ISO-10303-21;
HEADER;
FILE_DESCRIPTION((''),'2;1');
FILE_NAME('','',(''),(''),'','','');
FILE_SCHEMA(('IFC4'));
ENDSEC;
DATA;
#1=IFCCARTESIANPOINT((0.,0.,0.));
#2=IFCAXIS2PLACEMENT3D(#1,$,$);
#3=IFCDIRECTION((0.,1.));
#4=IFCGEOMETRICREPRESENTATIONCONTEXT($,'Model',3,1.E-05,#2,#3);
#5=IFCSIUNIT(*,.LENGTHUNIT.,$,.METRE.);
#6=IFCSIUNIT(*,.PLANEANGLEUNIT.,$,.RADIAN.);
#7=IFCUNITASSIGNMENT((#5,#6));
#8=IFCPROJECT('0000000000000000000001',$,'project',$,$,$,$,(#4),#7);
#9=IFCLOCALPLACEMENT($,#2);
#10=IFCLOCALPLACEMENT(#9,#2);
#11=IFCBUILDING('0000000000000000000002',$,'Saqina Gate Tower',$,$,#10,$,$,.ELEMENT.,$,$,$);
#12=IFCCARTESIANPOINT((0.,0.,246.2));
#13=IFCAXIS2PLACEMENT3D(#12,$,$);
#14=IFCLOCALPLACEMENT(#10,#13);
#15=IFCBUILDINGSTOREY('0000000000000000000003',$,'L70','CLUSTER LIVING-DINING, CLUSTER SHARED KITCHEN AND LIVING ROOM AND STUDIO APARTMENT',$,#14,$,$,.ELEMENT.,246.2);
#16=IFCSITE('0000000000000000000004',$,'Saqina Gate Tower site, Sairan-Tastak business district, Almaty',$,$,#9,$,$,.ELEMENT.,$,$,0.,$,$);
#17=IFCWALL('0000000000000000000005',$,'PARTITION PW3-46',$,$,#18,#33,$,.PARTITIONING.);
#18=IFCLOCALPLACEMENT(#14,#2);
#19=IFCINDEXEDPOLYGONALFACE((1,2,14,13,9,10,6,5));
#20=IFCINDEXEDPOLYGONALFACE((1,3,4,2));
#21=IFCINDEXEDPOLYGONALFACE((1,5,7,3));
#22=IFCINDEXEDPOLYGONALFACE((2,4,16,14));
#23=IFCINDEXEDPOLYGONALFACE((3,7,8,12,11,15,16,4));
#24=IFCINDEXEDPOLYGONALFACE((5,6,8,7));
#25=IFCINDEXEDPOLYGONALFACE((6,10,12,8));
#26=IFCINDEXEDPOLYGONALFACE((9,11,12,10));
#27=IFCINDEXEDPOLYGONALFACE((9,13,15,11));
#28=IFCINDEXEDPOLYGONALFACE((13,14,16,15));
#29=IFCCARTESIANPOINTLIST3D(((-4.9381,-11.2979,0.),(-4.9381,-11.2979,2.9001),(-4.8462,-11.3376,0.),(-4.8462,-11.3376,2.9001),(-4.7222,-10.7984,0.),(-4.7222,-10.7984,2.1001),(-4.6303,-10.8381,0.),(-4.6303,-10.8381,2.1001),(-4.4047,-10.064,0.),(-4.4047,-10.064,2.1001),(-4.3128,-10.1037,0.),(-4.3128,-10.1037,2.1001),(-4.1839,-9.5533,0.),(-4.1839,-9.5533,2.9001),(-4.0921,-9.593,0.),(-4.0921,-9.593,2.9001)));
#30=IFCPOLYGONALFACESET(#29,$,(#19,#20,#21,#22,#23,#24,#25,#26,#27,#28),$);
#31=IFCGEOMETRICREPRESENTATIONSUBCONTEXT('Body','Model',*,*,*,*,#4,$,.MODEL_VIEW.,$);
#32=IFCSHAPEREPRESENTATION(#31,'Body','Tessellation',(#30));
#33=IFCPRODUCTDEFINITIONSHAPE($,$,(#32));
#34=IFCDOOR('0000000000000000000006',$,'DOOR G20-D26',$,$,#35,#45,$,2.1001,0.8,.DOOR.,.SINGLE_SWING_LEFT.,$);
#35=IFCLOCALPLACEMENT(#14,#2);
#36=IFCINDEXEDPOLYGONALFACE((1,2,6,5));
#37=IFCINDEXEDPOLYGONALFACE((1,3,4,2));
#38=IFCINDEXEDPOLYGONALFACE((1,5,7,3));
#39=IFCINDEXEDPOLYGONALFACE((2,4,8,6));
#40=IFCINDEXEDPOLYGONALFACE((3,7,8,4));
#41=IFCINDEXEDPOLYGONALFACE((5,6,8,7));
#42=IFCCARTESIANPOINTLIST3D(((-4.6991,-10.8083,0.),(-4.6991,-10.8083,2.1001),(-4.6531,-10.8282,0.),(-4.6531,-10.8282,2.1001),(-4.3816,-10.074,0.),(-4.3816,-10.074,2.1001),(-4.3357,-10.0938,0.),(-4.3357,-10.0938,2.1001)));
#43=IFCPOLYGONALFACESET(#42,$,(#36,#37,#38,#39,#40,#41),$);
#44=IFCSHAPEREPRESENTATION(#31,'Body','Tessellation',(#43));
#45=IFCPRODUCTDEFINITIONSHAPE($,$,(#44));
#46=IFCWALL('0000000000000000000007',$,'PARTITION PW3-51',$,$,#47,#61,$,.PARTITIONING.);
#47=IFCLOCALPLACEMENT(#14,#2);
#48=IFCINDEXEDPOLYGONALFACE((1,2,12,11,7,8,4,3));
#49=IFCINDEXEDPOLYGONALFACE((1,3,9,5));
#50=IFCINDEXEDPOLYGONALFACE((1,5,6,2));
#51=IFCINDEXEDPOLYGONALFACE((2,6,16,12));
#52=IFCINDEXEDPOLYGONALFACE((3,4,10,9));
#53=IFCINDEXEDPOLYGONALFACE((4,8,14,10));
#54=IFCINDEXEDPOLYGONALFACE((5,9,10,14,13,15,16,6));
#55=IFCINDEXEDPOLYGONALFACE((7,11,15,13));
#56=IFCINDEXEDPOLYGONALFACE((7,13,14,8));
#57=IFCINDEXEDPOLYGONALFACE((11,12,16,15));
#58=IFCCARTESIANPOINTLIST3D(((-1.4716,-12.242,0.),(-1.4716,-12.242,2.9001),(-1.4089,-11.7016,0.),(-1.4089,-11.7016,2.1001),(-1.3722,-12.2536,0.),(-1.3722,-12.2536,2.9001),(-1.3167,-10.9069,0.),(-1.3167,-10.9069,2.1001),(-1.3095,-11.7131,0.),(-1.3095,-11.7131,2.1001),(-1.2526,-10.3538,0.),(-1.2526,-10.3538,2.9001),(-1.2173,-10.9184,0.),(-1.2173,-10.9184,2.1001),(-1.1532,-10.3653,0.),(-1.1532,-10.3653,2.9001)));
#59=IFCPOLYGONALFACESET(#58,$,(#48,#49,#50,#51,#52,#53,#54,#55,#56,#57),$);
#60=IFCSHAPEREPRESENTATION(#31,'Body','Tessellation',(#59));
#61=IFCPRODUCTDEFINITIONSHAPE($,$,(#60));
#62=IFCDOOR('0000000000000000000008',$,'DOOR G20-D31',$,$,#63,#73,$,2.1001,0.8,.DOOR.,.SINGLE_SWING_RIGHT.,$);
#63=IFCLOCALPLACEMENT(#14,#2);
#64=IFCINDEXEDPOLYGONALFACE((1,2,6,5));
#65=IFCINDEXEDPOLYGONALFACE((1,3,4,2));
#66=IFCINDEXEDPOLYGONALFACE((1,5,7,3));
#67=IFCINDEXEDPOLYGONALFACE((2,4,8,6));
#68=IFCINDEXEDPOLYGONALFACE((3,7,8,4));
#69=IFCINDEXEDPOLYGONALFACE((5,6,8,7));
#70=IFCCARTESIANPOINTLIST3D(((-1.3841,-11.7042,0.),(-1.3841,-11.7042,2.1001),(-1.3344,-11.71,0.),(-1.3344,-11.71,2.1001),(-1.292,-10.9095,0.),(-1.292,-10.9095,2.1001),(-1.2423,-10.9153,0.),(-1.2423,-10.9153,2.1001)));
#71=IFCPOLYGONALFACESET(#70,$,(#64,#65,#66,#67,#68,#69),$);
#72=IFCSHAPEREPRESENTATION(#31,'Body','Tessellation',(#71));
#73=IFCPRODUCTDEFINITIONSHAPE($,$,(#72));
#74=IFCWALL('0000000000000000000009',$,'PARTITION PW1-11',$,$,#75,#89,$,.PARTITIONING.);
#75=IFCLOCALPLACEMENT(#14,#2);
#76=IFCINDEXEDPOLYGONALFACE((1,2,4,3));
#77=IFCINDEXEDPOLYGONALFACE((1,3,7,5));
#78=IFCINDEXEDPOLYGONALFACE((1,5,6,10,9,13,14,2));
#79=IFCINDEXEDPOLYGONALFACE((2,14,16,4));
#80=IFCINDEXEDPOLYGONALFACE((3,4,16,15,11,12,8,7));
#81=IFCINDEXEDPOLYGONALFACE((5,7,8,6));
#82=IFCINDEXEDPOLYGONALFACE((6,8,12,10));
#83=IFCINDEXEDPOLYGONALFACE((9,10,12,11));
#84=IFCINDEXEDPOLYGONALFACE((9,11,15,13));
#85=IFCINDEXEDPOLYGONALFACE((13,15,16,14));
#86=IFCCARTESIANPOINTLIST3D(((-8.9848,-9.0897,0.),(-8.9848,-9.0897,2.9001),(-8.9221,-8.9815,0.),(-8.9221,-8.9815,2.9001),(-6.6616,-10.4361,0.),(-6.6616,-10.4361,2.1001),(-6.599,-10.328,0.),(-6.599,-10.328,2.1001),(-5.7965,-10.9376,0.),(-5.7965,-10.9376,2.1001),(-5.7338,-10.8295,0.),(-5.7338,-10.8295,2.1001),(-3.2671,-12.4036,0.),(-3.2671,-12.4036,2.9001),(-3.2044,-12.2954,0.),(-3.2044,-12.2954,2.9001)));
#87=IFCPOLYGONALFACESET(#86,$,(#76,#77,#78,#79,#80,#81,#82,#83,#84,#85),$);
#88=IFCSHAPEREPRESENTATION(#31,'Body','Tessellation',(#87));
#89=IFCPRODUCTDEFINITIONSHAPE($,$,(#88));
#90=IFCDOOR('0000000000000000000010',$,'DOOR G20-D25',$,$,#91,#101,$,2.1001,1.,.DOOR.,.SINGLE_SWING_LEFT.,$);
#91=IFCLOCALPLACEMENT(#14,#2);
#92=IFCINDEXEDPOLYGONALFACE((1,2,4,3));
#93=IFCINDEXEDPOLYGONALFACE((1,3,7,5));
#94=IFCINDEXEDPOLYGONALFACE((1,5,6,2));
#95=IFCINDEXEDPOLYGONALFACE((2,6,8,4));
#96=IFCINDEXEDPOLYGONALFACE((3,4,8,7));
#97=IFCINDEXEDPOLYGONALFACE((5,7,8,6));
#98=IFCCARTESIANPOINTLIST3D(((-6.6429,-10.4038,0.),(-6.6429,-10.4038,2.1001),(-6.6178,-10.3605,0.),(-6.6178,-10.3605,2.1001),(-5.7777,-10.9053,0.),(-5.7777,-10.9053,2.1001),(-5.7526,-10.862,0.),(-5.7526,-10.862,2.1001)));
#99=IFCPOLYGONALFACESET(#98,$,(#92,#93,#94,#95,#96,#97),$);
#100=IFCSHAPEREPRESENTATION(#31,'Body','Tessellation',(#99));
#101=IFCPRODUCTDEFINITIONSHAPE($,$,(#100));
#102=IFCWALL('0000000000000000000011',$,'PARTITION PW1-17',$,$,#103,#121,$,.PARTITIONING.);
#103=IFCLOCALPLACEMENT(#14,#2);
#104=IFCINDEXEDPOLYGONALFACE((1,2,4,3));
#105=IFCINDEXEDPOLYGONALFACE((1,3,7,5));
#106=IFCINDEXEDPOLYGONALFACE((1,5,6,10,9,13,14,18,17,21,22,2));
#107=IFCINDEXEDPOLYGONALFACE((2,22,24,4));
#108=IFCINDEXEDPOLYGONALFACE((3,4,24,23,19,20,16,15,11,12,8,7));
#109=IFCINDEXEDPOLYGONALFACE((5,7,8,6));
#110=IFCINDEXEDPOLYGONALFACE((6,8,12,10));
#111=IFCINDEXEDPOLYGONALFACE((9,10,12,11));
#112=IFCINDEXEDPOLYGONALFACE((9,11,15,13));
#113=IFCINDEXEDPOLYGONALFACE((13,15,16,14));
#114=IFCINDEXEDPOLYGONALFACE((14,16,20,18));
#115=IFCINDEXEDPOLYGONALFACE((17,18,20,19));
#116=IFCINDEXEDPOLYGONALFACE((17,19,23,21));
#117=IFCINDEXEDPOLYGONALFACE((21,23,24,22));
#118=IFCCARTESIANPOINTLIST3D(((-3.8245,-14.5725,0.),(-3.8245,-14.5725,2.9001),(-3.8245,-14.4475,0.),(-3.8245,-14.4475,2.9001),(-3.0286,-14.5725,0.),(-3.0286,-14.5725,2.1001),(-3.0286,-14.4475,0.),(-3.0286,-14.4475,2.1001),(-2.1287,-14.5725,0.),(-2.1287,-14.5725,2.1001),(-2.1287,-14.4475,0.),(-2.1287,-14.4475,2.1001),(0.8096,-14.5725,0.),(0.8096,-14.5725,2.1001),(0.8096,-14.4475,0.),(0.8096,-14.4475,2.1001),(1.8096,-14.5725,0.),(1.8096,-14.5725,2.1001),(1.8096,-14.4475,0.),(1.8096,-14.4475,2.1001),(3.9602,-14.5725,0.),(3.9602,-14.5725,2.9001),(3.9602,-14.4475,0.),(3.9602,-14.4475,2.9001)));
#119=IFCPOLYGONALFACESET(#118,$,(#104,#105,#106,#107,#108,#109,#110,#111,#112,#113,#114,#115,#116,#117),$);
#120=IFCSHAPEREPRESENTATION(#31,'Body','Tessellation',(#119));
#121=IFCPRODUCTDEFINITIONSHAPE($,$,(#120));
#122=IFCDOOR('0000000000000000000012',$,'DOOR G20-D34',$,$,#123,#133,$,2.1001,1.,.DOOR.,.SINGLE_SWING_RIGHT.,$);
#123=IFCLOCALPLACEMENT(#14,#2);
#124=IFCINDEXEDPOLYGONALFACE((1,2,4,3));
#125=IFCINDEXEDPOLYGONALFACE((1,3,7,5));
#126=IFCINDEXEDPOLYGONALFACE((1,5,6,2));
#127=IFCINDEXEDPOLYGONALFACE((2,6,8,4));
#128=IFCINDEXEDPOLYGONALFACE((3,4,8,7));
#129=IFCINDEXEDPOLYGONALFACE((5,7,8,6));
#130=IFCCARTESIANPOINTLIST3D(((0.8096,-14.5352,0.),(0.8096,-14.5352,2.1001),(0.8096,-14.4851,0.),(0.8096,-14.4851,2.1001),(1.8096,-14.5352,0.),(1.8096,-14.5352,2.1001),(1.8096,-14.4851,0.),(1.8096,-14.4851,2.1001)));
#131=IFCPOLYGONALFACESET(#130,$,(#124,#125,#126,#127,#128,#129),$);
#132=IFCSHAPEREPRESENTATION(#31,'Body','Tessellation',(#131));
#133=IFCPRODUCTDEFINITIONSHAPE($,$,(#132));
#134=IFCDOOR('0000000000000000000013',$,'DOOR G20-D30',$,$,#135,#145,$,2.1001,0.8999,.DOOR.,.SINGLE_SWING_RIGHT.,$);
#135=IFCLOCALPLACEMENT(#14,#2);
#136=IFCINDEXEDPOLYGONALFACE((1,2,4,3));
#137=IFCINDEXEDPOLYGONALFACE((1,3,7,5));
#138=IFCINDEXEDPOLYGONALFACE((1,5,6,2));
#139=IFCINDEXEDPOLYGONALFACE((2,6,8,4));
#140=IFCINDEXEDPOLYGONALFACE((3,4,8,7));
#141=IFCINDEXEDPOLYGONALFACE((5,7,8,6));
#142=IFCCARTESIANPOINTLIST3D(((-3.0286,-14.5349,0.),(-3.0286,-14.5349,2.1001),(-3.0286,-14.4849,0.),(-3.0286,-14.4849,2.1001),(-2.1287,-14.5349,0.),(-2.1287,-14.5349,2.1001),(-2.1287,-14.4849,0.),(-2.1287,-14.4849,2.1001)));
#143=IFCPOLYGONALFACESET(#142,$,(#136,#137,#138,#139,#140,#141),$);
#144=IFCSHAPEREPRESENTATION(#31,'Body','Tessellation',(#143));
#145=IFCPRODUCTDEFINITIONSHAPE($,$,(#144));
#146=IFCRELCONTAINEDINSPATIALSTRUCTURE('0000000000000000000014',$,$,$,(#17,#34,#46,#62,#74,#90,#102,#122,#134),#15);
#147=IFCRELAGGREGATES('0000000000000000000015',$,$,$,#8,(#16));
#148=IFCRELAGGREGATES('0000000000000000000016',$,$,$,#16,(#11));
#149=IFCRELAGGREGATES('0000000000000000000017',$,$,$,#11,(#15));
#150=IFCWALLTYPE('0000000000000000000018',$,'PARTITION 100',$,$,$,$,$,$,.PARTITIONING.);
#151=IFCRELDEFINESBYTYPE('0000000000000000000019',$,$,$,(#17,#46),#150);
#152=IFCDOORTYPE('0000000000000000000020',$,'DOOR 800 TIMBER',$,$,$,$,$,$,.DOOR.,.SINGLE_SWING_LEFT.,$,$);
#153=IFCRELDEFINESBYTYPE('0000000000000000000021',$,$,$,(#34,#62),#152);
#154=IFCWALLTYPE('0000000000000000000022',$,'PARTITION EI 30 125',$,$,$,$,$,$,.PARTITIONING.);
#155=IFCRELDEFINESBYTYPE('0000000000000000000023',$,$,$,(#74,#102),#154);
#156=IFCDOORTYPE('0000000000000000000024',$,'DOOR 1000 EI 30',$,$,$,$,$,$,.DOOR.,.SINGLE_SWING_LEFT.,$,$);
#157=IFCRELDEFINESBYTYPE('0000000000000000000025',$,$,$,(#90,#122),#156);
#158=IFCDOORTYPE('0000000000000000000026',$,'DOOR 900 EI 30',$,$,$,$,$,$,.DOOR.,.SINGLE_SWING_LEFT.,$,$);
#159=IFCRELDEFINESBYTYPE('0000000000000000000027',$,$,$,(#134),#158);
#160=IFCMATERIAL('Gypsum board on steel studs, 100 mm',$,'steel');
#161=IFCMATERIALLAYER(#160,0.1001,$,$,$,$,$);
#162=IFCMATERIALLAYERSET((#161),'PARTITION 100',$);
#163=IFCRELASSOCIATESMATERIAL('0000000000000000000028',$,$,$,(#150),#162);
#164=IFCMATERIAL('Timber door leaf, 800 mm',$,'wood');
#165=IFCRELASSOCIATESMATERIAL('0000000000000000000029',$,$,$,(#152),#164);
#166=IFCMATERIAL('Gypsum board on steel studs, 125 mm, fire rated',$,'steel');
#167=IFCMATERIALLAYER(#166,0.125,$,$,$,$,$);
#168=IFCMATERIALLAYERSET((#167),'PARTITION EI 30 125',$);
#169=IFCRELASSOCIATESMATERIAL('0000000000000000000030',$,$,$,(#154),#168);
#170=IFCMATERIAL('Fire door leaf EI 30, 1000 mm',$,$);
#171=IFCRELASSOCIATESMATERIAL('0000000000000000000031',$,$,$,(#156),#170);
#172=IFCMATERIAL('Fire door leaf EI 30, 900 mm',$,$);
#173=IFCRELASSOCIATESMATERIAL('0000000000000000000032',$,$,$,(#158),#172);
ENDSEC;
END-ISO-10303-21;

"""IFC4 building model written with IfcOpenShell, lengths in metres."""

from ifc_helpers import new_model, si_unit, direction, frame, frame_2d, origin, place, context, subcontext, project, spatial, rectangle, extrude, material, layer, layer_set, type_object, element, fill, save


model = new_model("IFC4")

# Units and contexts
model_context = context("Model", 3, precision=1e-05, world=origin(), true_north=direction((0.0, 1.0)))
body_context = subcontext(model_context, "Body", "Model", "MODEL_VIEW")
ifc_project = project(units=[si_unit("LENGTHUNIT", "METRE"), si_unit("PLANEANGLEUNIT", "RADIAN")], contexts=[model_context])

# Site, building, storey
site_placement = place(None, origin())
site = spatial("IfcSite", under=ifc_project, at=site_placement, Name="Saqina Gate Tower site, Sairan-Tastak business district, Almaty", CompositionType="ELEMENT", RefElevation=0.0)
building_placement = place(site_placement, origin())
building = spatial("IfcBuilding", under=site, at=building_placement, Name="Saqina Gate Tower", CompositionType="ELEMENT")
storey_placement = place(building_placement, frame((0.0, 0.0, 246.2)))
storey = spatial("IfcBuildingStorey", under=building, at=storey_placement, Name="L70", Description="CLUSTER LIVING-DINING, CLUSTER SHARED KITCHEN AND LIVING ROOM AND STUDIO APARTMENT", CompositionType="ELEMENT", Elevation=246.2)

# Shared definitions
ifc_material_1 = material(Name="Gypsum board on steel studs, 100 mm", Category="steel")
ifc_layer_1 = layer(ifc_material_1, 0.1001)
ifc_layer_set_1 = layer_set([ifc_layer_1], Name="PARTITION 100")
wall_type_1 = type_object("IfcWallType", Name="PARTITION 100", PredefinedType="PARTITIONING", material=ifc_layer_set_1)

# Walls, openings, doors
wall_1_placement = place(storey_placement, frame((-4.8921, -11.3176, 0.0), z_axis=(0.0, 0.0, 1.0), x_axis=(0.396785, 0.917911, 0.0)))
wall_1 = element("IfcWall", 1, at=wall_1_placement, inside=storey, type_object=wall_type_1, Name="PARTITION PW3-46", PredefinedType="PARTITIONING", context=body_context, shape_type="SweptSolid", body=[
    extrude(rectangle(XDim=1.9006, YDim=0.1001, at=frame_2d((0.9502, 0.0))), origin(), (0.0, 0.0, 1.0), 2.9001),
])
opening_1_placement = place(wall_1_placement, frame((0.5442, 0.0, 0.0)))
opening_1 = element("IfcOpeningElement", 2, at=opening_1_placement, cuts=wall_1, PredefinedType="OPENING", context=body_context, shape_type="SweptSolid", body=[
    extrude(rectangle(XDim=0.8, YDim=2.1001, at=frame_2d((0.3999, 1.05))), frame((0.0, 0.062, 0.0), z_axis=(0.0, -1.0, 0.0), x_axis=(1.0, 0.0, 0.0)), (0.0, 0.0, 1.0), 0.124),
])
ifc_material_2 = material(Name="Timber door leaf, 800 mm", Category="wood")
door_type_1 = type_object("IfcDoorType", Name="DOOR 800 TIMBER", OperationType="SINGLE_SWING_LEFT", PredefinedType="DOOR", material=ifc_material_2)
door_1_placement = place(opening_1_placement, origin())
door_1 = element("IfcDoor", 3, at=door_1_placement, inside=storey, type_object=door_type_1, Name="DOOR G20-D26", OperationType="SINGLE_SWING_LEFT", OverallHeight=2.1001, OverallWidth=0.8, PredefinedType="DOOR", context=body_context, shape_type="SweptSolid", body=[
    extrude(rectangle(XDim=0.8, YDim=2.1001, at=frame_2d((0.3999, 1.05))), frame((0.0, 0.0249, 0.0), z_axis=(0.0, -1.0, 0.0), x_axis=(1.0, 0.0, 0.0)), (0.0, 0.0, 1.0), 0.05),
])
fill(opening_1, door_1)
wall_2_placement = place(storey_placement, frame((-1.4219, -12.2478, 0.0), z_axis=(0.0, 0.0, 1.0), x_axis=(0.115209, 0.993341, 0.0)))
wall_2 = element("IfcWall", 4, at=wall_2_placement, inside=storey, type_object=wall_type_1, Name="PARTITION PW3-51", PredefinedType="PARTITIONING", context=body_context, shape_type="SweptSolid", body=[
    extrude(rectangle(XDim=1.9009, YDim=0.1001, at=frame_2d((0.9504, 0.0))), origin(), (0.0, 0.0, 1.0), 2.9001),
])
opening_2_placement = place(wall_2_placement, frame((0.5442, 0.0, 0.0)))
opening_2 = element("IfcOpeningElement", 5, at=opening_2_placement, cuts=wall_2, PredefinedType="OPENING", context=body_context, shape_type="SweptSolid", body=[
    extrude(rectangle(XDim=0.8, YDim=2.1001, at=frame_2d((0.3999, 1.05))), frame((0.0, 0.062, 0.0), z_axis=(0.0, -1.0, 0.0), x_axis=(1.0, 0.0, 0.0)), (0.0, 0.0, 1.0), 0.124),
])
door_2_placement = place(opening_2_placement, frame((0.8, 0.0, 0.0), z_axis=(0.0, 0.0, 1.0), x_axis=(-1.0, 0.0, 0.0)))
door_2 = element("IfcDoor", 6, at=door_2_placement, inside=storey, type_object=door_type_1, Name="DOOR G20-D31", OperationType="SINGLE_SWING_RIGHT", OverallHeight=2.1001, OverallWidth=0.8, PredefinedType="DOOR", context=body_context, shape_type="SweptSolid", body=[
    extrude(rectangle(XDim=0.8, YDim=2.1001, at=frame_2d((0.3999, 1.05))), frame((0.0, 0.0249, 0.0), z_axis=(0.0, -1.0, 0.0), x_axis=(1.0, 0.0, 0.0)), (0.0, 0.0, 1.0), 0.05),
])
fill(opening_2, door_2)
ifc_material_3 = material(Name="Gypsum board on steel studs, 125 mm, fire rated", Category="steel")
ifc_layer_2 = layer(ifc_material_3, 0.125)
ifc_layer_set_2 = layer_set([ifc_layer_2], Name="PARTITION EI 30 125")
wall_type_2 = type_object("IfcWallType", Name="PARTITION EI 30 125", PredefinedType="PARTITIONING", material=ifc_layer_set_2)
wall_3_placement = place(storey_placement, frame((-8.9534, -9.0356, 0.0), z_axis=(0.0, 0.0, 1.0), x_axis=(0.865185, -0.501453, 0.0)))
wall_3 = element("IfcWall", 7, at=wall_3_placement, inside=storey, type_object=wall_type_2, Name="PARTITION PW1-11", PredefinedType="PARTITIONING", context=body_context, shape_type="SweptSolid", body=[
    extrude(rectangle(XDim=6.6086, YDim=0.125, at=frame_2d((3.3042, 0.0))), origin(), (0.0, 0.0, 1.0), 2.9001),
])
opening_3_placement = place(wall_3_placement, frame((2.6851, 0.0, 0.0)))
opening_3 = element("IfcOpeningElement", 8, at=opening_3_placement, cuts=wall_3, PredefinedType="OPENING", context=body_context, shape_type="SweptSolid", body=[
    extrude(rectangle(XDim=1.0, YDim=2.1001, at=frame_2d((0.5, 1.05))), frame((0.0, 0.0745, 0.0), z_axis=(0.0, -1.0, 0.0), x_axis=(1.0, 0.0, 0.0)), (0.0, 0.0, 1.0), 0.1489),
])
ifc_material_4 = material(Name="Fire door leaf EI 30, 1000 mm")
door_type_2 = type_object("IfcDoorType", Name="DOOR 1000 EI 30", OperationType="SINGLE_SWING_LEFT", PredefinedType="DOOR", material=ifc_material_4)
door_3_placement = place(opening_3_placement, origin())
door_3 = element("IfcDoor", 9, at=door_3_placement, inside=storey, type_object=door_type_2, Name="DOOR G20-D25", OperationType="SINGLE_SWING_LEFT", OverallHeight=2.1001, OverallWidth=1.0, PredefinedType="DOOR", context=body_context, shape_type="SweptSolid", body=[
    extrude(rectangle(XDim=1.0, YDim=2.1001, at=frame_2d((0.5, 1.05))), frame((0.0, 0.0249, 0.0), z_axis=(0.0, -1.0, 0.0), x_axis=(1.0, 0.0, 0.0)), (0.0, 0.0, 1.0), 0.05),
])
fill(opening_3, door_3)

# Wall, openings, doors
wall_4_placement = place(storey_placement, frame((-3.8245, -14.51, 0.0), z_axis=(0.0, 0.0, 1.0), x_axis=(1.0, 0.0, 0.0)))
wall_4 = element("IfcWall", 10, at=wall_4_placement, inside=storey, type_object=wall_type_2, Name="PARTITION PW1-17", PredefinedType="PARTITIONING", context=body_context, shape_type="SweptSolid", body=[
    extrude(rectangle(XDim=7.7847, YDim=0.125, at=frame_2d((3.8923, 0.0))), origin(), (0.0, 0.0, 1.0), 2.9001),
])
opening_4_placement = place(wall_4_placement, frame((0.7959, 0.0, 0.0)))
opening_4 = element("IfcOpeningElement", 11, at=opening_4_placement, cuts=wall_4, PredefinedType="OPENING", context=body_context, shape_type="SweptSolid", body=[
    extrude(rectangle(XDim=0.8999, YDim=2.1001, at=frame_2d((0.45, 1.05))), frame((0.0, 0.0745, 0.0), z_axis=(0.0, -1.0, 0.0), x_axis=(1.0, 0.0, 0.0)), (0.0, 0.0, 1.0), 0.1489),
])
opening_5_placement = place(wall_4_placement, frame((4.634, 0.0, 0.0)))
opening_5 = element("IfcOpeningElement", 12, at=opening_5_placement, cuts=wall_4, PredefinedType="OPENING", context=body_context, shape_type="SweptSolid", body=[
    extrude(rectangle(XDim=1.0, YDim=2.1001, at=frame_2d((0.5, 1.05))), frame((0.0, 0.0745, 0.0), z_axis=(0.0, -1.0, 0.0), x_axis=(1.0, 0.0, 0.0)), (0.0, 0.0, 1.0), 0.1489),
])
door_4_placement = place(opening_5_placement, origin())
door_4 = element("IfcDoor", 13, at=door_4_placement, inside=storey, type_object=door_type_2, Name="DOOR G20-D34", OperationType="SINGLE_SWING_RIGHT", OverallHeight=2.1001, OverallWidth=1.0, PredefinedType="DOOR", context=body_context, shape_type="SweptSolid", body=[
    extrude(rectangle(XDim=1.0, YDim=2.1001, at=frame_2d((0.5, 1.05))), frame((0.0, 0.0249, 0.0), z_axis=(0.0, -1.0, 0.0), x_axis=(1.0, 0.0, 0.0)), (0.0, 0.0, 1.0), 0.05),
])
fill(opening_5, door_4)
ifc_material_5 = material(Name="Fire door leaf EI 30, 900 mm")
door_type_3 = type_object("IfcDoorType", Name="DOOR 900 EI 30", OperationType="SINGLE_SWING_LEFT", PredefinedType="DOOR", material=ifc_material_5)
door_5_placement = place(opening_4_placement, frame((0.8999, 0.0, 0.0), z_axis=(0.0, 0.0, 1.0), x_axis=(-1.0, 0.0, 0.0)))
door_5 = element("IfcDoor", 14, at=door_5_placement, inside=storey, type_object=door_type_3, Name="DOOR G20-D30", OperationType="SINGLE_SWING_RIGHT", OverallHeight=2.1001, OverallWidth=0.8999, PredefinedType="DOOR", context=body_context, shape_type="SweptSolid", body=[
    extrude(rectangle(XDim=0.8999, YDim=2.1001, at=frame_2d((0.45, 1.05))), frame((0.0, 0.0249, 0.0), z_axis=(0.0, -1.0, 0.0), x_axis=(1.0, 0.0, 0.0)), (0.0, 0.0, 1.0), 0.05),
])
fill(opening_4, door_5)

save(model, "model.ifc")
